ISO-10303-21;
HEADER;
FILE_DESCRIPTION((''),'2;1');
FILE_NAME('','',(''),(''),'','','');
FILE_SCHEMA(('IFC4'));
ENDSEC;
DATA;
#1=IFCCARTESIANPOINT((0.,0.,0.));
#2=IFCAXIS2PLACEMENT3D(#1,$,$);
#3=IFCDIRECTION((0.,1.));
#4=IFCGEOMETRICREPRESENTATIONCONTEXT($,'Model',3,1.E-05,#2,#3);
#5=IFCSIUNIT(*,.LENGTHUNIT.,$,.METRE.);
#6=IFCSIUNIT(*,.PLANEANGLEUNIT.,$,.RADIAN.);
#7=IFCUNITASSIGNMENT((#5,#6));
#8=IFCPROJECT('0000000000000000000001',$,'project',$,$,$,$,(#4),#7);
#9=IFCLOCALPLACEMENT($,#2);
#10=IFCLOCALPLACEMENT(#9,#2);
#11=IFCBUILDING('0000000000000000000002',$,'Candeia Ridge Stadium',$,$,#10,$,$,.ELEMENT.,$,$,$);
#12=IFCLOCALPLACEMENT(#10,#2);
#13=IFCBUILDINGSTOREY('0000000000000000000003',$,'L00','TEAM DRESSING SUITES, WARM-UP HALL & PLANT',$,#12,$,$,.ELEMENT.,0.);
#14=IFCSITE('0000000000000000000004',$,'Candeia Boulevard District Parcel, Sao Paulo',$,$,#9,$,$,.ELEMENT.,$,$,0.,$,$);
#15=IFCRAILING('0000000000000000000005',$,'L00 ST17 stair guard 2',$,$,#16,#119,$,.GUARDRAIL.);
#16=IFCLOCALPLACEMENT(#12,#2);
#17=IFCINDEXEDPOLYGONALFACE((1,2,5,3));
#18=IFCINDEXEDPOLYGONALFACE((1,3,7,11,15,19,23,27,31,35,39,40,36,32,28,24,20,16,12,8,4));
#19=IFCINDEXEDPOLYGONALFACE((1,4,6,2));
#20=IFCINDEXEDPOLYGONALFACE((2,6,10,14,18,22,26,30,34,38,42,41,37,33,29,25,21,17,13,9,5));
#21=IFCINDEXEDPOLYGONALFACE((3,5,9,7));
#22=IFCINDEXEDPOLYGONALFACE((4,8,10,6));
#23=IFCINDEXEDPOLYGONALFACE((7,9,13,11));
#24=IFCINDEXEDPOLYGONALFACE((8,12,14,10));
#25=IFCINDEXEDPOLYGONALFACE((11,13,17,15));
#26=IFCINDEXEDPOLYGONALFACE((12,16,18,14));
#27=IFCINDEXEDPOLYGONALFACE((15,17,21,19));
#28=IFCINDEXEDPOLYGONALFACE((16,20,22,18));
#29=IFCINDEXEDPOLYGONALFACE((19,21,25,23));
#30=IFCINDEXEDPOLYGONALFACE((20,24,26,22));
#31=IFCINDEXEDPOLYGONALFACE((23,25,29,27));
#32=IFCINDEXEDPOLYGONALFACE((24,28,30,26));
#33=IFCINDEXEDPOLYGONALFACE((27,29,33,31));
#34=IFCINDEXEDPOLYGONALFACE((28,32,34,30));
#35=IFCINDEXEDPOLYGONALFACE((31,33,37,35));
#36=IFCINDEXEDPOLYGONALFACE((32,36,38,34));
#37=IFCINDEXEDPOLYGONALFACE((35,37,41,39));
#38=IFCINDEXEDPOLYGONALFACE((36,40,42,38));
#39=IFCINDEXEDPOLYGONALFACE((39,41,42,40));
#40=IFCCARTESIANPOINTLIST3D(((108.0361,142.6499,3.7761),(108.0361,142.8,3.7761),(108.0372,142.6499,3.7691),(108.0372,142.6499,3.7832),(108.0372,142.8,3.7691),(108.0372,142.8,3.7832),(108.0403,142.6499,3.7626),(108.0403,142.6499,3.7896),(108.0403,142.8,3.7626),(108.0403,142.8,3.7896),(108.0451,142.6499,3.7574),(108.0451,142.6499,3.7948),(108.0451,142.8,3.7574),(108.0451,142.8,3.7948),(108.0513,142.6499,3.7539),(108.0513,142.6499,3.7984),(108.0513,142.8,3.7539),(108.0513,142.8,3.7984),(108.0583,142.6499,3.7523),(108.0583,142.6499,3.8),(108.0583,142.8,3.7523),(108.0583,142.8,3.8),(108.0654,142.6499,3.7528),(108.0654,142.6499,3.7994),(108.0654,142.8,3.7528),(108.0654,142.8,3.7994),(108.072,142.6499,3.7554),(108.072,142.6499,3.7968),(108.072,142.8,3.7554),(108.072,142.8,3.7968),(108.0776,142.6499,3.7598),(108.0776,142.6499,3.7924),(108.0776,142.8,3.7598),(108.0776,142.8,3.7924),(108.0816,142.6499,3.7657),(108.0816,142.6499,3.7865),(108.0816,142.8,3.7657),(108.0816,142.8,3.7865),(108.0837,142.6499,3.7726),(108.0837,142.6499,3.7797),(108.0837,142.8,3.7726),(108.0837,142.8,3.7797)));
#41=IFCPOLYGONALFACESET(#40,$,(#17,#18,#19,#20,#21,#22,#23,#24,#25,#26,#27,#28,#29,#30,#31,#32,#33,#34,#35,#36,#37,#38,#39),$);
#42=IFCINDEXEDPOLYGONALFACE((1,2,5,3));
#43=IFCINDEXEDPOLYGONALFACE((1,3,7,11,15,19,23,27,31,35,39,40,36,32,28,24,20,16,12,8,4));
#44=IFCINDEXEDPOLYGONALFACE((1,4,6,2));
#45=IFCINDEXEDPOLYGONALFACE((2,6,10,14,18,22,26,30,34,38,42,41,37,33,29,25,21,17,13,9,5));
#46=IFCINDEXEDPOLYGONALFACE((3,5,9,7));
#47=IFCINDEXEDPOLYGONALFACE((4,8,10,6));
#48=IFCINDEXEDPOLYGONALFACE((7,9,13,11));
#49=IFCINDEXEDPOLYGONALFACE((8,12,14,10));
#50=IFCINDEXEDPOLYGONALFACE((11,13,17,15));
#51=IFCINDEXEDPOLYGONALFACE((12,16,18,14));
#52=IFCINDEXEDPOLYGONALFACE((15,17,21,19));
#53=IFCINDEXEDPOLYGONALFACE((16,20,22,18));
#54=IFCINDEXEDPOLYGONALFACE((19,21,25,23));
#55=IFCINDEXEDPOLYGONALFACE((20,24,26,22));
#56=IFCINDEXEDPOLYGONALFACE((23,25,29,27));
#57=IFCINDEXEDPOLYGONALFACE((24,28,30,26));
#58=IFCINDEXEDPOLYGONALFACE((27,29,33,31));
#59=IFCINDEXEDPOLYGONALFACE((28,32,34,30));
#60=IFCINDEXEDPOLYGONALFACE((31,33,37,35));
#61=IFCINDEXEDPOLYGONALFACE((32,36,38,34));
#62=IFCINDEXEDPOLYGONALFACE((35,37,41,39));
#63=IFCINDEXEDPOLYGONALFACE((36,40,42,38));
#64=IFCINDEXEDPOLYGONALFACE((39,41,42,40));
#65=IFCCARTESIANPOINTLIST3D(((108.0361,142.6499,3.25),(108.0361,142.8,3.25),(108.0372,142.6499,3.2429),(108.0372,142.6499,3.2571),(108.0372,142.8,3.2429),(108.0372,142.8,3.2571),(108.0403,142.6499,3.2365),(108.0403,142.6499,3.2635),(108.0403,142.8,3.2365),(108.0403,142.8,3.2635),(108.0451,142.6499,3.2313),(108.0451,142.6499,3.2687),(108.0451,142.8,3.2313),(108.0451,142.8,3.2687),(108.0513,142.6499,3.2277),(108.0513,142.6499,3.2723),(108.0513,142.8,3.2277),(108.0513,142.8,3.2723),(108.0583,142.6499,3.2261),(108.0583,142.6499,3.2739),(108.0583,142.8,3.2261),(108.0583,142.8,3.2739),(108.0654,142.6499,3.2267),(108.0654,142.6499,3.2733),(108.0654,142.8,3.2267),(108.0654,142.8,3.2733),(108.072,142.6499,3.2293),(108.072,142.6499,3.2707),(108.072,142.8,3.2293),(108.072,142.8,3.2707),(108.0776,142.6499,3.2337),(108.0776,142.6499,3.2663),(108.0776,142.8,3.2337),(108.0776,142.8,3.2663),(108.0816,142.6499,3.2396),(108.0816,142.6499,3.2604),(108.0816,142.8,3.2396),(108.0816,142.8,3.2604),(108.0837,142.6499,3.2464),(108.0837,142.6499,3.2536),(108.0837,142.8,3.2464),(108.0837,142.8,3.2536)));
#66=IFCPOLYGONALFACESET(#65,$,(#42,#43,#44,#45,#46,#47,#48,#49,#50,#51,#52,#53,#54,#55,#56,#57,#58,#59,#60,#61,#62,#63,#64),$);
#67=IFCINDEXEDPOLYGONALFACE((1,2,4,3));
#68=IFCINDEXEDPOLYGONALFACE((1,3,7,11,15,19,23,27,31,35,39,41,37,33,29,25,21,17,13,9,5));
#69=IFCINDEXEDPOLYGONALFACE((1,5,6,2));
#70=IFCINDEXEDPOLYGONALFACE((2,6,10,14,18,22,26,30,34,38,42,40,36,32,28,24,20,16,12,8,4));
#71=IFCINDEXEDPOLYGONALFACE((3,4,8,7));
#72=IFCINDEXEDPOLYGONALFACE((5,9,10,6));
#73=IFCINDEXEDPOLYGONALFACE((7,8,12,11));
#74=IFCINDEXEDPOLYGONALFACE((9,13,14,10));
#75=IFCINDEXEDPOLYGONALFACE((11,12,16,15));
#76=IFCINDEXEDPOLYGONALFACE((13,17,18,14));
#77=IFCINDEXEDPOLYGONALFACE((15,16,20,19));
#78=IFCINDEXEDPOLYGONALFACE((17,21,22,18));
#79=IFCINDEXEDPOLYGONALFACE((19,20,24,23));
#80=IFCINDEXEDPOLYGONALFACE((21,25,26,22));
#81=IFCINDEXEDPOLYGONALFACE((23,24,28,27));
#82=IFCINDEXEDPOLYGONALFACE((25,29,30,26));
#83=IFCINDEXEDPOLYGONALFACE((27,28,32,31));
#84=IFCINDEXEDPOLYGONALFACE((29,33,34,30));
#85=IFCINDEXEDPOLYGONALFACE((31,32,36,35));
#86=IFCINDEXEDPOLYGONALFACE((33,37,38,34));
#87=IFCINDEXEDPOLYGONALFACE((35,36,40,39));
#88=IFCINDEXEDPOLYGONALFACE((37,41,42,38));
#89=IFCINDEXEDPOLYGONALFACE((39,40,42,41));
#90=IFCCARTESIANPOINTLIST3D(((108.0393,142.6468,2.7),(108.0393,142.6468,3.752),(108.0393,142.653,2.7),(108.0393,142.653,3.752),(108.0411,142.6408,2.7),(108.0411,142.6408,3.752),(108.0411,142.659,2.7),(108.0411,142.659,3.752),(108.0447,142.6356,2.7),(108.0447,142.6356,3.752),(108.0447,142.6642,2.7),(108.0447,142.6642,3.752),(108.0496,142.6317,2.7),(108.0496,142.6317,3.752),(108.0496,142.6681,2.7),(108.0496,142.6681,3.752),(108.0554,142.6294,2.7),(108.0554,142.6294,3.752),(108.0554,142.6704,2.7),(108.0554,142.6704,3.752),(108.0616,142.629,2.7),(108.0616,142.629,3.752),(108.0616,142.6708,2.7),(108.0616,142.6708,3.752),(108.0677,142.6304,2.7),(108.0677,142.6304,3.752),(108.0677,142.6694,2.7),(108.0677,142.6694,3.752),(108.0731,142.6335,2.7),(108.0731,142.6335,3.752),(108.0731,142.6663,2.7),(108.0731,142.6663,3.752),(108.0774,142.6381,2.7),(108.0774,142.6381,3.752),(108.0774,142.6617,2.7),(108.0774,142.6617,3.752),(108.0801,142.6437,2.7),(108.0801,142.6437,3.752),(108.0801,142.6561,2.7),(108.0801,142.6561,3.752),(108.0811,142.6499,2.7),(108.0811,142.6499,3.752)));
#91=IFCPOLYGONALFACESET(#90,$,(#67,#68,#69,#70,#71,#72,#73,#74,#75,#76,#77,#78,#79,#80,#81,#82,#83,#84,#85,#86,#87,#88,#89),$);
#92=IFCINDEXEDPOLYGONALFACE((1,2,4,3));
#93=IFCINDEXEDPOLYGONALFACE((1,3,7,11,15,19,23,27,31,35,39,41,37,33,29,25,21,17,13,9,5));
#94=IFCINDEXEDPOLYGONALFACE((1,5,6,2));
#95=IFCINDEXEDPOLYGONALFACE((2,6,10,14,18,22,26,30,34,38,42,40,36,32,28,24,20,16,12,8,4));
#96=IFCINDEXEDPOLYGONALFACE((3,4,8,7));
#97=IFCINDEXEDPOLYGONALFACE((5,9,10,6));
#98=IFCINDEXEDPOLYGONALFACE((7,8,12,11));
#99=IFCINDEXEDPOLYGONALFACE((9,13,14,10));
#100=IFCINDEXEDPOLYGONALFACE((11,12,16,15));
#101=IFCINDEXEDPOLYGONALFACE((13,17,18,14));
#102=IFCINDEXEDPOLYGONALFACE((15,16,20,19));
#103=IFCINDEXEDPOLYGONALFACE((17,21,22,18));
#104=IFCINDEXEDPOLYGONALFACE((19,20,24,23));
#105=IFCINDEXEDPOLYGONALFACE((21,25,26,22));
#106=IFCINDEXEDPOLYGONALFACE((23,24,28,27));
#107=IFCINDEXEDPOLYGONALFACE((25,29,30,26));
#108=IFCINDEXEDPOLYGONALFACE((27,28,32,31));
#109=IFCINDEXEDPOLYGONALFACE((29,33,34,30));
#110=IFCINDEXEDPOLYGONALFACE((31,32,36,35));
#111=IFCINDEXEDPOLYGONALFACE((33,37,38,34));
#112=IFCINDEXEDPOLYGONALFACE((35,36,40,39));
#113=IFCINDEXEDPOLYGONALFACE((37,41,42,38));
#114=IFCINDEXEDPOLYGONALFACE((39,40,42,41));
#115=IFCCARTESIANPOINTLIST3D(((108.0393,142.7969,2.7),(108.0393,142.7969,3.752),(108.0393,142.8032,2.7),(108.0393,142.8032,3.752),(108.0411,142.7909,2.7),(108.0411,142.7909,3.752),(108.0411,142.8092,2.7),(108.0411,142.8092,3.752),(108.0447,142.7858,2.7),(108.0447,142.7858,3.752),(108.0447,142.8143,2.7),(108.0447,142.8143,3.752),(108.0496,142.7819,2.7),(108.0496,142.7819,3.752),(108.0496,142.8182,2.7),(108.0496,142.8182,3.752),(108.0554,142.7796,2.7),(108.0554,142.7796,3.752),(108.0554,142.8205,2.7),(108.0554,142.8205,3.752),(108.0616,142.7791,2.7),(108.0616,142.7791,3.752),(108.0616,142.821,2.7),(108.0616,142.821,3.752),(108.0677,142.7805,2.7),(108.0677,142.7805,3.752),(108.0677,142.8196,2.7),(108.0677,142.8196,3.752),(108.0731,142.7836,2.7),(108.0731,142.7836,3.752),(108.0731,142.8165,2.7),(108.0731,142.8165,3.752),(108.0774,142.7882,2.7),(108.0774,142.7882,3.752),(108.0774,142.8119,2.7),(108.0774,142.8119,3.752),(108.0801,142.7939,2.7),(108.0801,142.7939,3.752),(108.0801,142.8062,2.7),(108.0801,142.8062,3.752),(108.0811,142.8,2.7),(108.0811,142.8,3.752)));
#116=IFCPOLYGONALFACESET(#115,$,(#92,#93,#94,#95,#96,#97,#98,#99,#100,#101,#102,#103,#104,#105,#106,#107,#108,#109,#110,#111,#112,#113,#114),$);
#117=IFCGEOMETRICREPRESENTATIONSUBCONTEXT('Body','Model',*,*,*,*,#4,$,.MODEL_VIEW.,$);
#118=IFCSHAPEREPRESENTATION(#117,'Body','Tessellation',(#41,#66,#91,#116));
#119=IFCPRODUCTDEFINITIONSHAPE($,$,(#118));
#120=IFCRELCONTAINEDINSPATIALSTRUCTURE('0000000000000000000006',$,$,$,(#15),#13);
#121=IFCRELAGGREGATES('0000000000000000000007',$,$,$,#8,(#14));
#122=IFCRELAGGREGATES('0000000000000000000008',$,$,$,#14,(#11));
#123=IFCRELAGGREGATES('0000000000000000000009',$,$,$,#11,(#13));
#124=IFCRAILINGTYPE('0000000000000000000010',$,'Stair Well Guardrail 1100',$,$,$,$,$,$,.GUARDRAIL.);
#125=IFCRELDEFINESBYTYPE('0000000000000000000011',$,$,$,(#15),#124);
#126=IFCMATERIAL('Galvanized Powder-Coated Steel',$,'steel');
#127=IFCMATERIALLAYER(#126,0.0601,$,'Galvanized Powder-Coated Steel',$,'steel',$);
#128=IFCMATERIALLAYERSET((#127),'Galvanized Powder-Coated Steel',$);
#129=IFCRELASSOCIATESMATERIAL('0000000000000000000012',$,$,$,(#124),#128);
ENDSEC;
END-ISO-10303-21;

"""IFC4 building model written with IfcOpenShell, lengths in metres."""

from ifc_helpers import new_model, si_unit, direction, frame, origin, origin_2d, place, context, subcontext, project, spatial, circle, extrude, material, layer, layer_set, type_object, element, save


model = new_model("IFC4")

# Units and contexts
model_context = context("Model", 3, precision=1e-05, world=origin(), true_north=direction((0.0, 1.0)))
body_context = subcontext(model_context, "Body", "Model", "MODEL_VIEW")
ifc_project = project(units=[si_unit("LENGTHUNIT", "METRE"), si_unit("PLANEANGLEUNIT", "RADIAN")], contexts=[model_context])

# Site, building, storey
site_placement = place(None, origin())
site = spatial("IfcSite", under=ifc_project, at=site_placement, Name="Candeia Boulevard District Parcel, Sao Paulo", CompositionType="ELEMENT", RefElevation=0.0)
building_placement = place(site_placement, origin())
building = spatial("IfcBuilding", under=site, at=building_placement, Name="Candeia Ridge Stadium", CompositionType="ELEMENT")
storey_placement = place(building_placement, origin())
storey = spatial("IfcBuildingStorey", under=building, at=storey_placement, Name="L00", Description="TEAM DRESSING SUITES, WARM-UP HALL & PLANT", CompositionType="ELEMENT", Elevation=0.0)

# Railing
ifc_material_1 = material(Name="Galvanized Powder-Coated Steel", Category="steel")
ifc_layer_1 = layer(ifc_material_1, 0.0601, Name="Galvanized Powder-Coated Steel", Category="steel")
ifc_layer_set_1 = layer_set([ifc_layer_1], Name="Galvanized Powder-Coated Steel")
railing_type_1 = type_object("IfcRailingType", Name="Stair Well Guardrail 1100", PredefinedType="GUARDRAIL", material=ifc_layer_set_1)
railing_1_placement = place(storey_placement, frame((108.0601, 142.6499, 2.7)))
element("IfcRailing", 1, at=railing_1_placement, inside=storey, type_object=railing_type_1, Name="L00 ST17 stair guard 2", PredefinedType="GUARDRAIL", context=body_context, shape_type="SweptSolid", body=[
    extrude(circle(Radius=0.0239, at=origin_2d()), frame((0.0, 0.0, 1.0762), z_axis=(0.0, 1.0, 0.0), x_axis=(-1.0, 0.0, 0.0)), (0.0, 0.0, 1.0), 0.1501),
    extrude(circle(Radius=0.0239, at=origin_2d()), frame((0.0, 0.0, 0.55), z_axis=(0.0, 1.0, 0.0), x_axis=(-1.0, 0.0, 0.0)), (0.0, 0.0, 1.0), 0.1501),
    extrude(circle(Radius=0.021, at=origin_2d()), origin(), (0.0, 0.0, 1.0), 1.052),
    extrude(circle(Radius=0.021, at=origin_2d()), frame((0.0, 0.1501, 0.0)), (0.0, 0.0, 1.0), 1.052),
])

save(model, "model.ifc")
